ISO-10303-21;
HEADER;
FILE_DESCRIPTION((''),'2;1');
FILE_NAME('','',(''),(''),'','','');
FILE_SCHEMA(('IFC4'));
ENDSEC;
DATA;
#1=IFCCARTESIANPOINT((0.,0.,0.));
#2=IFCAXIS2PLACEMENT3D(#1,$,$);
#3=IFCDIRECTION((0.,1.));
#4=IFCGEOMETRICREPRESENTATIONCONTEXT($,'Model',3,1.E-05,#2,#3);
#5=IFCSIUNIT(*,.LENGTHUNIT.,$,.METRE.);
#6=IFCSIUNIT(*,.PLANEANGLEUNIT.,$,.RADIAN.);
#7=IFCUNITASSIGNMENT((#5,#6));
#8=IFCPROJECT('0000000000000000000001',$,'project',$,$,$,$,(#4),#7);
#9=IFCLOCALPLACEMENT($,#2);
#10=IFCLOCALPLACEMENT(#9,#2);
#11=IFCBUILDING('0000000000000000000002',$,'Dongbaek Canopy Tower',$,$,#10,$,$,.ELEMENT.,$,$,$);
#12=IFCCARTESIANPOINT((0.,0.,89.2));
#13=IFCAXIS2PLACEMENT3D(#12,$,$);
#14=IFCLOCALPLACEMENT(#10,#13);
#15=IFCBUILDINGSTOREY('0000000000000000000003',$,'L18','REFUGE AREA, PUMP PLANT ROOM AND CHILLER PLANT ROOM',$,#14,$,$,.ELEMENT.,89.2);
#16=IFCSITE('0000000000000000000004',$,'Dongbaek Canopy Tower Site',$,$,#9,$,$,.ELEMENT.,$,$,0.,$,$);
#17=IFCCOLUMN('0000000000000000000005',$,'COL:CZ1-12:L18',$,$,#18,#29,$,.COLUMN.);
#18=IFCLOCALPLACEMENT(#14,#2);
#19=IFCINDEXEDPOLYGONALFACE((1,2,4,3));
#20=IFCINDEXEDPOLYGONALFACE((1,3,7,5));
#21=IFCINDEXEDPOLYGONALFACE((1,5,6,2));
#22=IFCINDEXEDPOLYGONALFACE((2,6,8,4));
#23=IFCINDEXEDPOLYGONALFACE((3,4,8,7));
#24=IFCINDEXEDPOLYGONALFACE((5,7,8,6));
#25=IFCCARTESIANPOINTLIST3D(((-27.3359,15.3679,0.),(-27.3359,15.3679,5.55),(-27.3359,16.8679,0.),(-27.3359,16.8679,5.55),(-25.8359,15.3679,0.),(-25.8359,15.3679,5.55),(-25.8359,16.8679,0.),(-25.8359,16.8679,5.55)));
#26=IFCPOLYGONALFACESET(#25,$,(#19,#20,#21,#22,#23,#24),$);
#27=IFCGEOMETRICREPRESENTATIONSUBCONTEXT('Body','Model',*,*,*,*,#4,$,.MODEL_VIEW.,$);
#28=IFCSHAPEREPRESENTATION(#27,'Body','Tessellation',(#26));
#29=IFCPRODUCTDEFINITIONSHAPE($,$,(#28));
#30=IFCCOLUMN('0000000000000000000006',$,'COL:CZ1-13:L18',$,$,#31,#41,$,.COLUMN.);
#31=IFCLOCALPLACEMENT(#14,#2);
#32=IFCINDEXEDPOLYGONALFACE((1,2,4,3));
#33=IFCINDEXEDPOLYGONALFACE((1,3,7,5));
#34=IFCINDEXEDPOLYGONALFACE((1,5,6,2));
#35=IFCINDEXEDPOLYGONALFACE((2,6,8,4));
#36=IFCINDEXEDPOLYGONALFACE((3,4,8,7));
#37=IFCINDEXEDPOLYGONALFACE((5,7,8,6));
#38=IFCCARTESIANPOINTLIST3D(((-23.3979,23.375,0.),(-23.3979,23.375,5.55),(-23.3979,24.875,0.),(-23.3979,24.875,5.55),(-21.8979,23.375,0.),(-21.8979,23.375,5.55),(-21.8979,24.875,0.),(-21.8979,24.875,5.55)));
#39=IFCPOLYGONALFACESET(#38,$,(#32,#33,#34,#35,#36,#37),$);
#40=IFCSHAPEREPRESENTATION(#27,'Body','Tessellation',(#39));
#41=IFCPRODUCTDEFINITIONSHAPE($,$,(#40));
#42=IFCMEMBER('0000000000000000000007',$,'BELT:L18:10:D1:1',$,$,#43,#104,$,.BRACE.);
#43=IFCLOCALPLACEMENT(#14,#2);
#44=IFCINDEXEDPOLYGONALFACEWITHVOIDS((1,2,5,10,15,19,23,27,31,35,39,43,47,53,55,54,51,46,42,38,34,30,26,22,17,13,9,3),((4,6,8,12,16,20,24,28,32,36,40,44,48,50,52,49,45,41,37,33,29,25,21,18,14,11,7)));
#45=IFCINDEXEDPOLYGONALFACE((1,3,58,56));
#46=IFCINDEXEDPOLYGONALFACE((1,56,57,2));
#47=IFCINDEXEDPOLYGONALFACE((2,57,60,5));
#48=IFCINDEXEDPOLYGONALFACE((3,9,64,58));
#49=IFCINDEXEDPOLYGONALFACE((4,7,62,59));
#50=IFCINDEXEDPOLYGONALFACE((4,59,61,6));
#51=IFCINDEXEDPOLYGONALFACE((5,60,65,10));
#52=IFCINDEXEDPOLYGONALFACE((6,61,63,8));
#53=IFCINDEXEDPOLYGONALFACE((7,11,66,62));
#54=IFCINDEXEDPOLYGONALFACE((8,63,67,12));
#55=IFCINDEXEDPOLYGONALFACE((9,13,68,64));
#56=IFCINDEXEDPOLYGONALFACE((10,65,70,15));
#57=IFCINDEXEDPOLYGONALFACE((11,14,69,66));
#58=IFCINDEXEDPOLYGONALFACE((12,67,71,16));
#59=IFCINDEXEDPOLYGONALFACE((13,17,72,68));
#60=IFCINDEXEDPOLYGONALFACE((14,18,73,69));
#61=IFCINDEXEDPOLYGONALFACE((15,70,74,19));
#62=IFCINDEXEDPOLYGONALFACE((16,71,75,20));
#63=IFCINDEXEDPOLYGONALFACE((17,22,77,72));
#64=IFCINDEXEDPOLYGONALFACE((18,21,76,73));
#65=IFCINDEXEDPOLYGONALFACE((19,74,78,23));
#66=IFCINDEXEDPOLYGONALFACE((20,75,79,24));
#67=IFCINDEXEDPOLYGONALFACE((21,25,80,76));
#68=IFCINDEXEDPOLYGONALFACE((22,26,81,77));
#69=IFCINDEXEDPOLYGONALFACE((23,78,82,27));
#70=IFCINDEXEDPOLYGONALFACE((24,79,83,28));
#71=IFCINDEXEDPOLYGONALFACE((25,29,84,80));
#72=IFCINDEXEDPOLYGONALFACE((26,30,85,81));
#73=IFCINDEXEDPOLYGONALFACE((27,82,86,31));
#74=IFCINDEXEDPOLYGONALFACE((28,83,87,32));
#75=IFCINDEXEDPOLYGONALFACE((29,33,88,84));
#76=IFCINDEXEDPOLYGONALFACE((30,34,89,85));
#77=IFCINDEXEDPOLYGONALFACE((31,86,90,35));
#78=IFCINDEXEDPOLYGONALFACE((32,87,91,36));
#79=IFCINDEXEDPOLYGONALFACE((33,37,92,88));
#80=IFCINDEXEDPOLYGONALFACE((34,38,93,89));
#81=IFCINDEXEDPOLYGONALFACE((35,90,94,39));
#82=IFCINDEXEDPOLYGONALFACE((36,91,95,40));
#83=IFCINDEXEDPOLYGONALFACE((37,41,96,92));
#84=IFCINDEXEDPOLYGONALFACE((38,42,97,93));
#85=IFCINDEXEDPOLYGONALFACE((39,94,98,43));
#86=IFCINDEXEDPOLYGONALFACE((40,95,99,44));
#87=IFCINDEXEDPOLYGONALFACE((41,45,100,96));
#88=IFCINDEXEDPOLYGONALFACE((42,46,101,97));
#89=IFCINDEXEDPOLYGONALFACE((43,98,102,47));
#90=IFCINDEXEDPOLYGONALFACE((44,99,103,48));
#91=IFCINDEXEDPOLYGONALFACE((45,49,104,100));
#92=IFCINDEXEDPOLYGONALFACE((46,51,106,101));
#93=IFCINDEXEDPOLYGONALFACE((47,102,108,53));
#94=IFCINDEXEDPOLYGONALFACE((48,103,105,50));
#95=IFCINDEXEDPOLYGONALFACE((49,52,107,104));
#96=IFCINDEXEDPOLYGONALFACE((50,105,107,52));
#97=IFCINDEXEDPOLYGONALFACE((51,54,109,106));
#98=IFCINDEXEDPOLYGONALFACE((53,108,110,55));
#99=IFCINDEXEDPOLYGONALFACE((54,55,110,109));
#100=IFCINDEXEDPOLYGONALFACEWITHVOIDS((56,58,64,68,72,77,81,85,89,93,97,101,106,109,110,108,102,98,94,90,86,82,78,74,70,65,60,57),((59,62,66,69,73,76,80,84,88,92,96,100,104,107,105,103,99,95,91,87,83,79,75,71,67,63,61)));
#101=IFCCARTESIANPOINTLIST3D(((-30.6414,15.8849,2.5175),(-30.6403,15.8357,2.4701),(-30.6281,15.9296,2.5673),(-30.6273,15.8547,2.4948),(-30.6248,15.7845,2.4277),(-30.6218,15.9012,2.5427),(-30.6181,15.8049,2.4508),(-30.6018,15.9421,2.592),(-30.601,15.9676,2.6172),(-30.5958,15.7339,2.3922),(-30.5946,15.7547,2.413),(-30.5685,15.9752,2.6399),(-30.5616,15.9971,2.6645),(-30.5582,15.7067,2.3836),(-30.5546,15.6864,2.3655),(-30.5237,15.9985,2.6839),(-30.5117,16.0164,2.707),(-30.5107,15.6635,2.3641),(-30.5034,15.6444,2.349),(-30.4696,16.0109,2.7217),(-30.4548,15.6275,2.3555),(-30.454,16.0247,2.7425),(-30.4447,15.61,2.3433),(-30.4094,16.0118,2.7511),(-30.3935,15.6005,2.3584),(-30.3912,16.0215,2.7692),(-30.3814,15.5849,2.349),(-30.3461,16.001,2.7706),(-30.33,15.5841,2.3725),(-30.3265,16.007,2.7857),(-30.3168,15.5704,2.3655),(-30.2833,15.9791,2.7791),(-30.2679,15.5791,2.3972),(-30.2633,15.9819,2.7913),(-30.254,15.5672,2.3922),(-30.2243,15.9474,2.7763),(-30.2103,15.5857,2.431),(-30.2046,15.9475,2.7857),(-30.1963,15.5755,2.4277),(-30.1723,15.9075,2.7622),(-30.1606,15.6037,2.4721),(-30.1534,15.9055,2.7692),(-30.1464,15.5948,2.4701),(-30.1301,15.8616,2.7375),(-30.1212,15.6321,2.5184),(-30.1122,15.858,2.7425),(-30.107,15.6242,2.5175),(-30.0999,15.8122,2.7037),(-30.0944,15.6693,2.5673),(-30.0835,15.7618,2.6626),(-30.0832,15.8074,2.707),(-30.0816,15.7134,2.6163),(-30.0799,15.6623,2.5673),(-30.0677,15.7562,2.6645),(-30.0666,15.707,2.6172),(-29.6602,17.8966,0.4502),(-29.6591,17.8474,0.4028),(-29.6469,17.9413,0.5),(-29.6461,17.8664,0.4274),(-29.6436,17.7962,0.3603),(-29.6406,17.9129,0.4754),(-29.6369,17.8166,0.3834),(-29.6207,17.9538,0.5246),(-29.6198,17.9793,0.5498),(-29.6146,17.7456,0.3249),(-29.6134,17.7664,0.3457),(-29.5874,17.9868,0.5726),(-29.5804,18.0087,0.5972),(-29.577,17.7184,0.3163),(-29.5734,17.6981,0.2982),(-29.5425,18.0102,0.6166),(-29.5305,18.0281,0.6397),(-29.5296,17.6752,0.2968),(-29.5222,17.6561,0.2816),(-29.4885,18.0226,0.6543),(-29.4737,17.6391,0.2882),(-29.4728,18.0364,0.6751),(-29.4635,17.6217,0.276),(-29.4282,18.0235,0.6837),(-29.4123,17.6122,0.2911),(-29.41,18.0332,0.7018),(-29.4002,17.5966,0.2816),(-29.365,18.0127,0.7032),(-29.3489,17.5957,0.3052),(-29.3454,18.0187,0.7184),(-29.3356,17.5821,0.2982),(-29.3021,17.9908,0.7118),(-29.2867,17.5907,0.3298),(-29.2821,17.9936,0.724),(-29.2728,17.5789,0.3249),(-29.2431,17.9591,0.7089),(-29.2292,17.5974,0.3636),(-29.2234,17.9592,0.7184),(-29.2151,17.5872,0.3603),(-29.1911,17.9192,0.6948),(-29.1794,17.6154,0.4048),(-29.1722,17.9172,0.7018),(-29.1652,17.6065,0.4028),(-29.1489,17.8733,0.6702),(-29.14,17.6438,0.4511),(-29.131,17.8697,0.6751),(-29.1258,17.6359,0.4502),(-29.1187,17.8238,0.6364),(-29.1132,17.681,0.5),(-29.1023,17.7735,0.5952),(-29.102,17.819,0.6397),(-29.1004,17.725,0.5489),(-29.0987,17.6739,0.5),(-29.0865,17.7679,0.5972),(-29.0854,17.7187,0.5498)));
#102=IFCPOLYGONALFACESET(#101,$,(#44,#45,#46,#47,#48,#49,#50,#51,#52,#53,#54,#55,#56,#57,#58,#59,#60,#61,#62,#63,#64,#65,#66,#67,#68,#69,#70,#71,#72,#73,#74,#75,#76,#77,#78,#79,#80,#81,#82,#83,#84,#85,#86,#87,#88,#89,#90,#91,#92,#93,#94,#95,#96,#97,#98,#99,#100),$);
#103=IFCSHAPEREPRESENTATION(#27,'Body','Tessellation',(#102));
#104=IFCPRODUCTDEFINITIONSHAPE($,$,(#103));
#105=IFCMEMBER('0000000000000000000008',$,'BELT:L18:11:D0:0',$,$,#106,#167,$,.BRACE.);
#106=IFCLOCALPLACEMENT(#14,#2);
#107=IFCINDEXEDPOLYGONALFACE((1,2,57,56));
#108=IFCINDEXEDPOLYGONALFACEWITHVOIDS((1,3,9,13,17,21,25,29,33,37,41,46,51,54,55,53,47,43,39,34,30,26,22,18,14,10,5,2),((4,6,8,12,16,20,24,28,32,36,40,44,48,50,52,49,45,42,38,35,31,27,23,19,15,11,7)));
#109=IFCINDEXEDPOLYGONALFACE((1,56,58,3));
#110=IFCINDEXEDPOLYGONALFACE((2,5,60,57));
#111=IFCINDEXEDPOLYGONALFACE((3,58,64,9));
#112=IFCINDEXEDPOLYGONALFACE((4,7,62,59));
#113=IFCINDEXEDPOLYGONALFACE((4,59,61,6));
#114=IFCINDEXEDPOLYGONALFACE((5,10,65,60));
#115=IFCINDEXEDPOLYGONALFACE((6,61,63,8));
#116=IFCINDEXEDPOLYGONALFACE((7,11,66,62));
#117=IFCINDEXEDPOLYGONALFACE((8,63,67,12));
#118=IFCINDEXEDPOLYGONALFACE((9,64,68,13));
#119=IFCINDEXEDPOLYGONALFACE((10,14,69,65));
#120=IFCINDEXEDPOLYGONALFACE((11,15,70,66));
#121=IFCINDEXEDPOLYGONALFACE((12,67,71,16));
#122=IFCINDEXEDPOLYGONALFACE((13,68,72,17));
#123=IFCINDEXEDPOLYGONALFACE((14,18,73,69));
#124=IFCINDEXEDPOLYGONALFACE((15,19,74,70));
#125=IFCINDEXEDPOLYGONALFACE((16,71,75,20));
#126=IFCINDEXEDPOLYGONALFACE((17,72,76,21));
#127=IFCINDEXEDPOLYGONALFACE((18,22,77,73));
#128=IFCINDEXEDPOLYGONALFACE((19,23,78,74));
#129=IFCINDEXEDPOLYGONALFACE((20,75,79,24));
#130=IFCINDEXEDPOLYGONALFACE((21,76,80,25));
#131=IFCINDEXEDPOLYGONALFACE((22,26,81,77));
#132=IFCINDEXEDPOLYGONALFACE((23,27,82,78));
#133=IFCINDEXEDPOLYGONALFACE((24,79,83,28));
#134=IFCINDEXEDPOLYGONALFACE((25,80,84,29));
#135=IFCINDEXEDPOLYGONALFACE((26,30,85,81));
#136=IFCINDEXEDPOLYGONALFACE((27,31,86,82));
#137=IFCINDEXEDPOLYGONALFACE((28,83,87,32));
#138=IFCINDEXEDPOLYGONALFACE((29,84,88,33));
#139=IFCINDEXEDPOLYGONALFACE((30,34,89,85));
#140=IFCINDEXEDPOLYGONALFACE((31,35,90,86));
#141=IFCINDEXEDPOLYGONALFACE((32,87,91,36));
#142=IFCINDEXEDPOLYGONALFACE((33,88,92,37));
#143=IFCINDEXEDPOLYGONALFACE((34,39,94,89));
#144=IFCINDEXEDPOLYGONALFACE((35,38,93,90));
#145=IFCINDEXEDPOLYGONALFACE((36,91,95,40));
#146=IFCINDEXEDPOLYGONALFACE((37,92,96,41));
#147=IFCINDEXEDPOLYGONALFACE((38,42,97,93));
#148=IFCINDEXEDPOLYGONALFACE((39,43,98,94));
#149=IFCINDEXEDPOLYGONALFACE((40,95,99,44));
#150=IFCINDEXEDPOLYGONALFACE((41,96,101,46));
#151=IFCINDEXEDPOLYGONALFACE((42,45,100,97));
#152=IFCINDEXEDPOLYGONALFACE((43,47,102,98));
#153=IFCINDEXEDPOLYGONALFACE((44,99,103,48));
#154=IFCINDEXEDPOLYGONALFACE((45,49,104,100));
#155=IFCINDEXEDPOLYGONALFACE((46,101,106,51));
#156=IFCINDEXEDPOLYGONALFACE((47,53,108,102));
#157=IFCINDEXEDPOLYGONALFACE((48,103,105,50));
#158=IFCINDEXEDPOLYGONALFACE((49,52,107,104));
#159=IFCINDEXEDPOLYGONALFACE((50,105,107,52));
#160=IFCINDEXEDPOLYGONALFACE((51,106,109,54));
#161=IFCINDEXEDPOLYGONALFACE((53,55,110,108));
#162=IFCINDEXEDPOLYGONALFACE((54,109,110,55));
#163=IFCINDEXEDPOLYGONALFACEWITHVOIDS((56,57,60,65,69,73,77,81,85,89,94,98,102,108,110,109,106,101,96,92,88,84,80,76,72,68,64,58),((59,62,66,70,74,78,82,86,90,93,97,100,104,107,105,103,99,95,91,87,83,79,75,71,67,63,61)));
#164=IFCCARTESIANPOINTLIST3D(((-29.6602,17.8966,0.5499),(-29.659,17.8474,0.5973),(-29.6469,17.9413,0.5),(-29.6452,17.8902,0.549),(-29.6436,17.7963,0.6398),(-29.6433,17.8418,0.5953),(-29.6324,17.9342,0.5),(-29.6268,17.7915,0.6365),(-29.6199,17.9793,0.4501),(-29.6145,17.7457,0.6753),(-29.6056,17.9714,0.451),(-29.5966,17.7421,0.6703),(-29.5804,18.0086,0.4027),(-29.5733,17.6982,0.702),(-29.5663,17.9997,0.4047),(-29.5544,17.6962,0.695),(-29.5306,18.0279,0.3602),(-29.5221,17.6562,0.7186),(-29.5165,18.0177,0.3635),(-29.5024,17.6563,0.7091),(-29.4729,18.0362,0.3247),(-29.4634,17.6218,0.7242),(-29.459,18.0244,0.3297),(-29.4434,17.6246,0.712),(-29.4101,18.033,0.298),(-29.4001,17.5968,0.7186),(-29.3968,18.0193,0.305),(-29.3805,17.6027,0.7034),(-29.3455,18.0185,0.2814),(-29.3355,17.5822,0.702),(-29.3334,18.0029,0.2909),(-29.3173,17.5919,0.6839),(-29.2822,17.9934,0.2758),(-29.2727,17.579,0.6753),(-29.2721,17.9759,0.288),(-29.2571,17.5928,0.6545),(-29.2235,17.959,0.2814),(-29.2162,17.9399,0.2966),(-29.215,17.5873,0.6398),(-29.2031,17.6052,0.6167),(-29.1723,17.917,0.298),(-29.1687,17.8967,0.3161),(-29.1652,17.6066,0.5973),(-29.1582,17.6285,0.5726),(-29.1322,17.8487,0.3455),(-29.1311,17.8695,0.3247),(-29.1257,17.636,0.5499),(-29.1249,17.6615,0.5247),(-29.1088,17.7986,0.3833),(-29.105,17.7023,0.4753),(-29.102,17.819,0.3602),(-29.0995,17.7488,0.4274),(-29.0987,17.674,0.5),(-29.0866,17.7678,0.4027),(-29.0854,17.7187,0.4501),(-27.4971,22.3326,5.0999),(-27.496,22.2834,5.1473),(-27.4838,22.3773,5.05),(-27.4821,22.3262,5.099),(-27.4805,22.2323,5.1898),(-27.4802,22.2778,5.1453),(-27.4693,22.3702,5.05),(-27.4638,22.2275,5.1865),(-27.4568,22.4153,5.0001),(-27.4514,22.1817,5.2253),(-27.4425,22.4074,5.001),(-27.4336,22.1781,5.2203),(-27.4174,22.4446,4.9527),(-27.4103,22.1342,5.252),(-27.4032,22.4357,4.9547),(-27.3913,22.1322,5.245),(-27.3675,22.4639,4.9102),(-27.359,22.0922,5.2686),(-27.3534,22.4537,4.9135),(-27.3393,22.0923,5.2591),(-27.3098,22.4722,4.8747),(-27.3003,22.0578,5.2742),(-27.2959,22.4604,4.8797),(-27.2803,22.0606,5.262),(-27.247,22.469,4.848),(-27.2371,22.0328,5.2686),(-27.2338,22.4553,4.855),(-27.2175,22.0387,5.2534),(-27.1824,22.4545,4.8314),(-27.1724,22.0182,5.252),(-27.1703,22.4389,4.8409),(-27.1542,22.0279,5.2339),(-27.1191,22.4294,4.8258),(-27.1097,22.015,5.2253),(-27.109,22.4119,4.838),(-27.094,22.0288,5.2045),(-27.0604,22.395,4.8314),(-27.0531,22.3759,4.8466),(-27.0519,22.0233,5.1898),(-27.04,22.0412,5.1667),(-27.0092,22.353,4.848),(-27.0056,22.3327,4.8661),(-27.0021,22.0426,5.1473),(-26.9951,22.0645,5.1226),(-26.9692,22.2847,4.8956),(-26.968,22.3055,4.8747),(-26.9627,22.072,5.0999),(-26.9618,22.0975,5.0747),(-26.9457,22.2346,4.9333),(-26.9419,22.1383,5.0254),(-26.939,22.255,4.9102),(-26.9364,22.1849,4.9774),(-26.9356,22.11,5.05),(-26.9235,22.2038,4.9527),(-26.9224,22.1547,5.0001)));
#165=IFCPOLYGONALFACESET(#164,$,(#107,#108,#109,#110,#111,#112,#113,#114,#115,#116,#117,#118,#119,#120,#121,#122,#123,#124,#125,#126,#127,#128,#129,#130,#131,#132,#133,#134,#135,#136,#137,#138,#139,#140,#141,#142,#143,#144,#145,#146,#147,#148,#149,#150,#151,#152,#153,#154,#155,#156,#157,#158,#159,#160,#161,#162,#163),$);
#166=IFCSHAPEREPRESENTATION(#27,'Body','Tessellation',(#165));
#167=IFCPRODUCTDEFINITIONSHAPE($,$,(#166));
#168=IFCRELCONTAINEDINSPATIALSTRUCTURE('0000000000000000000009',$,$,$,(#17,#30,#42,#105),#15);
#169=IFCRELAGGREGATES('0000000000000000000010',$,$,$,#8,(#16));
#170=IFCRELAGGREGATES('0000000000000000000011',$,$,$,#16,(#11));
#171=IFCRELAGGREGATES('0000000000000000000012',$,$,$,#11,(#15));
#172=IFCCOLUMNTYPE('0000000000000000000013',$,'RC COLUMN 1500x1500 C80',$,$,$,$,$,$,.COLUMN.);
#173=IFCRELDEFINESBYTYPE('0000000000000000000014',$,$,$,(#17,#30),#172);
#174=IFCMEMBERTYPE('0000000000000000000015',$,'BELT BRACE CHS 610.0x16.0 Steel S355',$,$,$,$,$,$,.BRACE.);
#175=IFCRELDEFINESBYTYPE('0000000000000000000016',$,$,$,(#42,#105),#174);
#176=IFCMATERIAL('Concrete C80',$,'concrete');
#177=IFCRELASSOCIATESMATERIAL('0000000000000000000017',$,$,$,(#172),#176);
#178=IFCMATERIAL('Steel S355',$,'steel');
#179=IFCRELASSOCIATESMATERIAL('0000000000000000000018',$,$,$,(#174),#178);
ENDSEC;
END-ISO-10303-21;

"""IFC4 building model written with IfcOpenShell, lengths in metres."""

from ifc_helpers import new_model, si_unit, direction, frame, origin, origin_2d, place, context, subcontext, project, spatial, rectangle, hollow_circle, extrude, material, material_profile, profile_set, type_object, element, save


model = new_model("IFC4")

# Units and contexts
model_context = context("Model", 3, precision=1e-05, world=origin(), true_north=direction((0.0, 1.0)))
body_context = subcontext(model_context, "Body", "Model", "MODEL_VIEW")
ifc_project = project(units=[si_unit("LENGTHUNIT", "METRE"), si_unit("PLANEANGLEUNIT", "RADIAN")], contexts=[model_context])

# Site, building, storey
site_placement = place(None, origin())
site = spatial("IfcSite", under=ifc_project, at=site_placement, Name="Dongbaek Canopy Tower Site", CompositionType="ELEMENT", RefElevation=0.0)
building_placement = place(site_placement, origin())
building = spatial("IfcBuilding", under=site, at=building_placement, Name="Dongbaek Canopy Tower", CompositionType="ELEMENT")
storey_placement = place(building_placement, frame((0.0, 0.0, 89.2)))
storey = spatial("IfcBuildingStorey", under=building, at=storey_placement, Name="L18", Description="REFUGE AREA, PUMP PLANT ROOM AND CHILLER PLANT ROOM", CompositionType="ELEMENT", Elevation=89.2)

# Columns
ifc_material_1 = material(Name="Concrete C80", Category="concrete")
ifc_material_profile_1 = material_profile(ifc_material_1, rectangle(XDim=1.5, YDim=1.5, at=origin_2d()), Name="RC COLUMN 1500x1500 C80")
ifc_profile_set_1 = profile_set([ifc_material_profile_1], Name="Concrete C80")
column_type = type_object("IfcColumnType", Name="RC COLUMN 1500x1500 C80", PredefinedType="COLUMN", material=ifc_profile_set_1)
for number, where, z_axis, x_axis, name in (
    (1, (-26.5859, 16.1179, 0.0), (0.0, 0.0, 1.0), (1.0, 0.0, 0.0), "COL:CZ1-12:L18"),
    (2, (-22.6479, 24.125, 0.0), (0.0, 0.0, 1.0), (1.0, 0.0, 0.0), "COL:CZ1-13:L18"),
):
    element("IfcColumn", number, at=place(storey_placement, frame(where, z_axis=z_axis, x_axis=x_axis)), inside=storey, type_object=column_type, Name=name, PredefinedType="COLUMN", context=body_context, shape_type="SweptSolid", body=[
        extrude(rectangle(XDim=1.5, YDim=1.5, at=origin_2d()), origin(), (0.0, 0.0, 1.0), 5.55),
    ])

# Members
ifc_material_2 = material(Name="Steel S355", Category="steel")
ifc_material_profile_2 = material_profile(ifc_material_2, hollow_circle(Radius=0.3049, WallThickness=0.0161, at=origin_2d()), Name="BELT BRACE CHS 610.0x16.0 Steel S355")
ifc_profile_set_2 = profile_set([ifc_material_profile_2], Name="Steel S355")
member_type_1 = type_object("IfcMemberType", Name="BELT BRACE CHS 610.0x16.0 Steel S355", PredefinedType="BRACE", material=ifc_profile_set_2)
member_1_placement = place(storey_placement, frame((-29.3728, 17.8076, 0.5), z_axis=(-0.322028, -0.660242, 0.678511), x_axis=(0.89879, -0.438379, 0.0)))
element("IfcMember", 3, at=member_1_placement, inside=storey, type_object=member_type_1, Name="BELT:L18:10:D1:1", PredefinedType="BRACE", context=body_context, shape_type="SweptSolid", body=[
    extrude(hollow_circle(Radius=0.3049, WallThickness=0.0161, at=origin_2d()), origin(), (0.0, 0.0, 1.0), 3.0469),
])
member_2_placement = place(storey_placement, frame((-29.3728, 17.8076, 0.5), z_axis=(0.322238, 0.660843, 0.677827), x_axis=(-0.898835, 0.438287, 0.0)))
element("IfcMember", 4, at=member_2_placement, inside=storey, type_object=member_type_1, Name="BELT:L18:11:D0:0", PredefinedType="BRACE", context=body_context, shape_type="SweptSolid", body=[
    extrude(hollow_circle(Radius=0.3049, WallThickness=0.0161, at=origin_2d()), origin(), (0.0, 0.0, 1.0), 6.7126),
])

save(model, "model.ifc")
